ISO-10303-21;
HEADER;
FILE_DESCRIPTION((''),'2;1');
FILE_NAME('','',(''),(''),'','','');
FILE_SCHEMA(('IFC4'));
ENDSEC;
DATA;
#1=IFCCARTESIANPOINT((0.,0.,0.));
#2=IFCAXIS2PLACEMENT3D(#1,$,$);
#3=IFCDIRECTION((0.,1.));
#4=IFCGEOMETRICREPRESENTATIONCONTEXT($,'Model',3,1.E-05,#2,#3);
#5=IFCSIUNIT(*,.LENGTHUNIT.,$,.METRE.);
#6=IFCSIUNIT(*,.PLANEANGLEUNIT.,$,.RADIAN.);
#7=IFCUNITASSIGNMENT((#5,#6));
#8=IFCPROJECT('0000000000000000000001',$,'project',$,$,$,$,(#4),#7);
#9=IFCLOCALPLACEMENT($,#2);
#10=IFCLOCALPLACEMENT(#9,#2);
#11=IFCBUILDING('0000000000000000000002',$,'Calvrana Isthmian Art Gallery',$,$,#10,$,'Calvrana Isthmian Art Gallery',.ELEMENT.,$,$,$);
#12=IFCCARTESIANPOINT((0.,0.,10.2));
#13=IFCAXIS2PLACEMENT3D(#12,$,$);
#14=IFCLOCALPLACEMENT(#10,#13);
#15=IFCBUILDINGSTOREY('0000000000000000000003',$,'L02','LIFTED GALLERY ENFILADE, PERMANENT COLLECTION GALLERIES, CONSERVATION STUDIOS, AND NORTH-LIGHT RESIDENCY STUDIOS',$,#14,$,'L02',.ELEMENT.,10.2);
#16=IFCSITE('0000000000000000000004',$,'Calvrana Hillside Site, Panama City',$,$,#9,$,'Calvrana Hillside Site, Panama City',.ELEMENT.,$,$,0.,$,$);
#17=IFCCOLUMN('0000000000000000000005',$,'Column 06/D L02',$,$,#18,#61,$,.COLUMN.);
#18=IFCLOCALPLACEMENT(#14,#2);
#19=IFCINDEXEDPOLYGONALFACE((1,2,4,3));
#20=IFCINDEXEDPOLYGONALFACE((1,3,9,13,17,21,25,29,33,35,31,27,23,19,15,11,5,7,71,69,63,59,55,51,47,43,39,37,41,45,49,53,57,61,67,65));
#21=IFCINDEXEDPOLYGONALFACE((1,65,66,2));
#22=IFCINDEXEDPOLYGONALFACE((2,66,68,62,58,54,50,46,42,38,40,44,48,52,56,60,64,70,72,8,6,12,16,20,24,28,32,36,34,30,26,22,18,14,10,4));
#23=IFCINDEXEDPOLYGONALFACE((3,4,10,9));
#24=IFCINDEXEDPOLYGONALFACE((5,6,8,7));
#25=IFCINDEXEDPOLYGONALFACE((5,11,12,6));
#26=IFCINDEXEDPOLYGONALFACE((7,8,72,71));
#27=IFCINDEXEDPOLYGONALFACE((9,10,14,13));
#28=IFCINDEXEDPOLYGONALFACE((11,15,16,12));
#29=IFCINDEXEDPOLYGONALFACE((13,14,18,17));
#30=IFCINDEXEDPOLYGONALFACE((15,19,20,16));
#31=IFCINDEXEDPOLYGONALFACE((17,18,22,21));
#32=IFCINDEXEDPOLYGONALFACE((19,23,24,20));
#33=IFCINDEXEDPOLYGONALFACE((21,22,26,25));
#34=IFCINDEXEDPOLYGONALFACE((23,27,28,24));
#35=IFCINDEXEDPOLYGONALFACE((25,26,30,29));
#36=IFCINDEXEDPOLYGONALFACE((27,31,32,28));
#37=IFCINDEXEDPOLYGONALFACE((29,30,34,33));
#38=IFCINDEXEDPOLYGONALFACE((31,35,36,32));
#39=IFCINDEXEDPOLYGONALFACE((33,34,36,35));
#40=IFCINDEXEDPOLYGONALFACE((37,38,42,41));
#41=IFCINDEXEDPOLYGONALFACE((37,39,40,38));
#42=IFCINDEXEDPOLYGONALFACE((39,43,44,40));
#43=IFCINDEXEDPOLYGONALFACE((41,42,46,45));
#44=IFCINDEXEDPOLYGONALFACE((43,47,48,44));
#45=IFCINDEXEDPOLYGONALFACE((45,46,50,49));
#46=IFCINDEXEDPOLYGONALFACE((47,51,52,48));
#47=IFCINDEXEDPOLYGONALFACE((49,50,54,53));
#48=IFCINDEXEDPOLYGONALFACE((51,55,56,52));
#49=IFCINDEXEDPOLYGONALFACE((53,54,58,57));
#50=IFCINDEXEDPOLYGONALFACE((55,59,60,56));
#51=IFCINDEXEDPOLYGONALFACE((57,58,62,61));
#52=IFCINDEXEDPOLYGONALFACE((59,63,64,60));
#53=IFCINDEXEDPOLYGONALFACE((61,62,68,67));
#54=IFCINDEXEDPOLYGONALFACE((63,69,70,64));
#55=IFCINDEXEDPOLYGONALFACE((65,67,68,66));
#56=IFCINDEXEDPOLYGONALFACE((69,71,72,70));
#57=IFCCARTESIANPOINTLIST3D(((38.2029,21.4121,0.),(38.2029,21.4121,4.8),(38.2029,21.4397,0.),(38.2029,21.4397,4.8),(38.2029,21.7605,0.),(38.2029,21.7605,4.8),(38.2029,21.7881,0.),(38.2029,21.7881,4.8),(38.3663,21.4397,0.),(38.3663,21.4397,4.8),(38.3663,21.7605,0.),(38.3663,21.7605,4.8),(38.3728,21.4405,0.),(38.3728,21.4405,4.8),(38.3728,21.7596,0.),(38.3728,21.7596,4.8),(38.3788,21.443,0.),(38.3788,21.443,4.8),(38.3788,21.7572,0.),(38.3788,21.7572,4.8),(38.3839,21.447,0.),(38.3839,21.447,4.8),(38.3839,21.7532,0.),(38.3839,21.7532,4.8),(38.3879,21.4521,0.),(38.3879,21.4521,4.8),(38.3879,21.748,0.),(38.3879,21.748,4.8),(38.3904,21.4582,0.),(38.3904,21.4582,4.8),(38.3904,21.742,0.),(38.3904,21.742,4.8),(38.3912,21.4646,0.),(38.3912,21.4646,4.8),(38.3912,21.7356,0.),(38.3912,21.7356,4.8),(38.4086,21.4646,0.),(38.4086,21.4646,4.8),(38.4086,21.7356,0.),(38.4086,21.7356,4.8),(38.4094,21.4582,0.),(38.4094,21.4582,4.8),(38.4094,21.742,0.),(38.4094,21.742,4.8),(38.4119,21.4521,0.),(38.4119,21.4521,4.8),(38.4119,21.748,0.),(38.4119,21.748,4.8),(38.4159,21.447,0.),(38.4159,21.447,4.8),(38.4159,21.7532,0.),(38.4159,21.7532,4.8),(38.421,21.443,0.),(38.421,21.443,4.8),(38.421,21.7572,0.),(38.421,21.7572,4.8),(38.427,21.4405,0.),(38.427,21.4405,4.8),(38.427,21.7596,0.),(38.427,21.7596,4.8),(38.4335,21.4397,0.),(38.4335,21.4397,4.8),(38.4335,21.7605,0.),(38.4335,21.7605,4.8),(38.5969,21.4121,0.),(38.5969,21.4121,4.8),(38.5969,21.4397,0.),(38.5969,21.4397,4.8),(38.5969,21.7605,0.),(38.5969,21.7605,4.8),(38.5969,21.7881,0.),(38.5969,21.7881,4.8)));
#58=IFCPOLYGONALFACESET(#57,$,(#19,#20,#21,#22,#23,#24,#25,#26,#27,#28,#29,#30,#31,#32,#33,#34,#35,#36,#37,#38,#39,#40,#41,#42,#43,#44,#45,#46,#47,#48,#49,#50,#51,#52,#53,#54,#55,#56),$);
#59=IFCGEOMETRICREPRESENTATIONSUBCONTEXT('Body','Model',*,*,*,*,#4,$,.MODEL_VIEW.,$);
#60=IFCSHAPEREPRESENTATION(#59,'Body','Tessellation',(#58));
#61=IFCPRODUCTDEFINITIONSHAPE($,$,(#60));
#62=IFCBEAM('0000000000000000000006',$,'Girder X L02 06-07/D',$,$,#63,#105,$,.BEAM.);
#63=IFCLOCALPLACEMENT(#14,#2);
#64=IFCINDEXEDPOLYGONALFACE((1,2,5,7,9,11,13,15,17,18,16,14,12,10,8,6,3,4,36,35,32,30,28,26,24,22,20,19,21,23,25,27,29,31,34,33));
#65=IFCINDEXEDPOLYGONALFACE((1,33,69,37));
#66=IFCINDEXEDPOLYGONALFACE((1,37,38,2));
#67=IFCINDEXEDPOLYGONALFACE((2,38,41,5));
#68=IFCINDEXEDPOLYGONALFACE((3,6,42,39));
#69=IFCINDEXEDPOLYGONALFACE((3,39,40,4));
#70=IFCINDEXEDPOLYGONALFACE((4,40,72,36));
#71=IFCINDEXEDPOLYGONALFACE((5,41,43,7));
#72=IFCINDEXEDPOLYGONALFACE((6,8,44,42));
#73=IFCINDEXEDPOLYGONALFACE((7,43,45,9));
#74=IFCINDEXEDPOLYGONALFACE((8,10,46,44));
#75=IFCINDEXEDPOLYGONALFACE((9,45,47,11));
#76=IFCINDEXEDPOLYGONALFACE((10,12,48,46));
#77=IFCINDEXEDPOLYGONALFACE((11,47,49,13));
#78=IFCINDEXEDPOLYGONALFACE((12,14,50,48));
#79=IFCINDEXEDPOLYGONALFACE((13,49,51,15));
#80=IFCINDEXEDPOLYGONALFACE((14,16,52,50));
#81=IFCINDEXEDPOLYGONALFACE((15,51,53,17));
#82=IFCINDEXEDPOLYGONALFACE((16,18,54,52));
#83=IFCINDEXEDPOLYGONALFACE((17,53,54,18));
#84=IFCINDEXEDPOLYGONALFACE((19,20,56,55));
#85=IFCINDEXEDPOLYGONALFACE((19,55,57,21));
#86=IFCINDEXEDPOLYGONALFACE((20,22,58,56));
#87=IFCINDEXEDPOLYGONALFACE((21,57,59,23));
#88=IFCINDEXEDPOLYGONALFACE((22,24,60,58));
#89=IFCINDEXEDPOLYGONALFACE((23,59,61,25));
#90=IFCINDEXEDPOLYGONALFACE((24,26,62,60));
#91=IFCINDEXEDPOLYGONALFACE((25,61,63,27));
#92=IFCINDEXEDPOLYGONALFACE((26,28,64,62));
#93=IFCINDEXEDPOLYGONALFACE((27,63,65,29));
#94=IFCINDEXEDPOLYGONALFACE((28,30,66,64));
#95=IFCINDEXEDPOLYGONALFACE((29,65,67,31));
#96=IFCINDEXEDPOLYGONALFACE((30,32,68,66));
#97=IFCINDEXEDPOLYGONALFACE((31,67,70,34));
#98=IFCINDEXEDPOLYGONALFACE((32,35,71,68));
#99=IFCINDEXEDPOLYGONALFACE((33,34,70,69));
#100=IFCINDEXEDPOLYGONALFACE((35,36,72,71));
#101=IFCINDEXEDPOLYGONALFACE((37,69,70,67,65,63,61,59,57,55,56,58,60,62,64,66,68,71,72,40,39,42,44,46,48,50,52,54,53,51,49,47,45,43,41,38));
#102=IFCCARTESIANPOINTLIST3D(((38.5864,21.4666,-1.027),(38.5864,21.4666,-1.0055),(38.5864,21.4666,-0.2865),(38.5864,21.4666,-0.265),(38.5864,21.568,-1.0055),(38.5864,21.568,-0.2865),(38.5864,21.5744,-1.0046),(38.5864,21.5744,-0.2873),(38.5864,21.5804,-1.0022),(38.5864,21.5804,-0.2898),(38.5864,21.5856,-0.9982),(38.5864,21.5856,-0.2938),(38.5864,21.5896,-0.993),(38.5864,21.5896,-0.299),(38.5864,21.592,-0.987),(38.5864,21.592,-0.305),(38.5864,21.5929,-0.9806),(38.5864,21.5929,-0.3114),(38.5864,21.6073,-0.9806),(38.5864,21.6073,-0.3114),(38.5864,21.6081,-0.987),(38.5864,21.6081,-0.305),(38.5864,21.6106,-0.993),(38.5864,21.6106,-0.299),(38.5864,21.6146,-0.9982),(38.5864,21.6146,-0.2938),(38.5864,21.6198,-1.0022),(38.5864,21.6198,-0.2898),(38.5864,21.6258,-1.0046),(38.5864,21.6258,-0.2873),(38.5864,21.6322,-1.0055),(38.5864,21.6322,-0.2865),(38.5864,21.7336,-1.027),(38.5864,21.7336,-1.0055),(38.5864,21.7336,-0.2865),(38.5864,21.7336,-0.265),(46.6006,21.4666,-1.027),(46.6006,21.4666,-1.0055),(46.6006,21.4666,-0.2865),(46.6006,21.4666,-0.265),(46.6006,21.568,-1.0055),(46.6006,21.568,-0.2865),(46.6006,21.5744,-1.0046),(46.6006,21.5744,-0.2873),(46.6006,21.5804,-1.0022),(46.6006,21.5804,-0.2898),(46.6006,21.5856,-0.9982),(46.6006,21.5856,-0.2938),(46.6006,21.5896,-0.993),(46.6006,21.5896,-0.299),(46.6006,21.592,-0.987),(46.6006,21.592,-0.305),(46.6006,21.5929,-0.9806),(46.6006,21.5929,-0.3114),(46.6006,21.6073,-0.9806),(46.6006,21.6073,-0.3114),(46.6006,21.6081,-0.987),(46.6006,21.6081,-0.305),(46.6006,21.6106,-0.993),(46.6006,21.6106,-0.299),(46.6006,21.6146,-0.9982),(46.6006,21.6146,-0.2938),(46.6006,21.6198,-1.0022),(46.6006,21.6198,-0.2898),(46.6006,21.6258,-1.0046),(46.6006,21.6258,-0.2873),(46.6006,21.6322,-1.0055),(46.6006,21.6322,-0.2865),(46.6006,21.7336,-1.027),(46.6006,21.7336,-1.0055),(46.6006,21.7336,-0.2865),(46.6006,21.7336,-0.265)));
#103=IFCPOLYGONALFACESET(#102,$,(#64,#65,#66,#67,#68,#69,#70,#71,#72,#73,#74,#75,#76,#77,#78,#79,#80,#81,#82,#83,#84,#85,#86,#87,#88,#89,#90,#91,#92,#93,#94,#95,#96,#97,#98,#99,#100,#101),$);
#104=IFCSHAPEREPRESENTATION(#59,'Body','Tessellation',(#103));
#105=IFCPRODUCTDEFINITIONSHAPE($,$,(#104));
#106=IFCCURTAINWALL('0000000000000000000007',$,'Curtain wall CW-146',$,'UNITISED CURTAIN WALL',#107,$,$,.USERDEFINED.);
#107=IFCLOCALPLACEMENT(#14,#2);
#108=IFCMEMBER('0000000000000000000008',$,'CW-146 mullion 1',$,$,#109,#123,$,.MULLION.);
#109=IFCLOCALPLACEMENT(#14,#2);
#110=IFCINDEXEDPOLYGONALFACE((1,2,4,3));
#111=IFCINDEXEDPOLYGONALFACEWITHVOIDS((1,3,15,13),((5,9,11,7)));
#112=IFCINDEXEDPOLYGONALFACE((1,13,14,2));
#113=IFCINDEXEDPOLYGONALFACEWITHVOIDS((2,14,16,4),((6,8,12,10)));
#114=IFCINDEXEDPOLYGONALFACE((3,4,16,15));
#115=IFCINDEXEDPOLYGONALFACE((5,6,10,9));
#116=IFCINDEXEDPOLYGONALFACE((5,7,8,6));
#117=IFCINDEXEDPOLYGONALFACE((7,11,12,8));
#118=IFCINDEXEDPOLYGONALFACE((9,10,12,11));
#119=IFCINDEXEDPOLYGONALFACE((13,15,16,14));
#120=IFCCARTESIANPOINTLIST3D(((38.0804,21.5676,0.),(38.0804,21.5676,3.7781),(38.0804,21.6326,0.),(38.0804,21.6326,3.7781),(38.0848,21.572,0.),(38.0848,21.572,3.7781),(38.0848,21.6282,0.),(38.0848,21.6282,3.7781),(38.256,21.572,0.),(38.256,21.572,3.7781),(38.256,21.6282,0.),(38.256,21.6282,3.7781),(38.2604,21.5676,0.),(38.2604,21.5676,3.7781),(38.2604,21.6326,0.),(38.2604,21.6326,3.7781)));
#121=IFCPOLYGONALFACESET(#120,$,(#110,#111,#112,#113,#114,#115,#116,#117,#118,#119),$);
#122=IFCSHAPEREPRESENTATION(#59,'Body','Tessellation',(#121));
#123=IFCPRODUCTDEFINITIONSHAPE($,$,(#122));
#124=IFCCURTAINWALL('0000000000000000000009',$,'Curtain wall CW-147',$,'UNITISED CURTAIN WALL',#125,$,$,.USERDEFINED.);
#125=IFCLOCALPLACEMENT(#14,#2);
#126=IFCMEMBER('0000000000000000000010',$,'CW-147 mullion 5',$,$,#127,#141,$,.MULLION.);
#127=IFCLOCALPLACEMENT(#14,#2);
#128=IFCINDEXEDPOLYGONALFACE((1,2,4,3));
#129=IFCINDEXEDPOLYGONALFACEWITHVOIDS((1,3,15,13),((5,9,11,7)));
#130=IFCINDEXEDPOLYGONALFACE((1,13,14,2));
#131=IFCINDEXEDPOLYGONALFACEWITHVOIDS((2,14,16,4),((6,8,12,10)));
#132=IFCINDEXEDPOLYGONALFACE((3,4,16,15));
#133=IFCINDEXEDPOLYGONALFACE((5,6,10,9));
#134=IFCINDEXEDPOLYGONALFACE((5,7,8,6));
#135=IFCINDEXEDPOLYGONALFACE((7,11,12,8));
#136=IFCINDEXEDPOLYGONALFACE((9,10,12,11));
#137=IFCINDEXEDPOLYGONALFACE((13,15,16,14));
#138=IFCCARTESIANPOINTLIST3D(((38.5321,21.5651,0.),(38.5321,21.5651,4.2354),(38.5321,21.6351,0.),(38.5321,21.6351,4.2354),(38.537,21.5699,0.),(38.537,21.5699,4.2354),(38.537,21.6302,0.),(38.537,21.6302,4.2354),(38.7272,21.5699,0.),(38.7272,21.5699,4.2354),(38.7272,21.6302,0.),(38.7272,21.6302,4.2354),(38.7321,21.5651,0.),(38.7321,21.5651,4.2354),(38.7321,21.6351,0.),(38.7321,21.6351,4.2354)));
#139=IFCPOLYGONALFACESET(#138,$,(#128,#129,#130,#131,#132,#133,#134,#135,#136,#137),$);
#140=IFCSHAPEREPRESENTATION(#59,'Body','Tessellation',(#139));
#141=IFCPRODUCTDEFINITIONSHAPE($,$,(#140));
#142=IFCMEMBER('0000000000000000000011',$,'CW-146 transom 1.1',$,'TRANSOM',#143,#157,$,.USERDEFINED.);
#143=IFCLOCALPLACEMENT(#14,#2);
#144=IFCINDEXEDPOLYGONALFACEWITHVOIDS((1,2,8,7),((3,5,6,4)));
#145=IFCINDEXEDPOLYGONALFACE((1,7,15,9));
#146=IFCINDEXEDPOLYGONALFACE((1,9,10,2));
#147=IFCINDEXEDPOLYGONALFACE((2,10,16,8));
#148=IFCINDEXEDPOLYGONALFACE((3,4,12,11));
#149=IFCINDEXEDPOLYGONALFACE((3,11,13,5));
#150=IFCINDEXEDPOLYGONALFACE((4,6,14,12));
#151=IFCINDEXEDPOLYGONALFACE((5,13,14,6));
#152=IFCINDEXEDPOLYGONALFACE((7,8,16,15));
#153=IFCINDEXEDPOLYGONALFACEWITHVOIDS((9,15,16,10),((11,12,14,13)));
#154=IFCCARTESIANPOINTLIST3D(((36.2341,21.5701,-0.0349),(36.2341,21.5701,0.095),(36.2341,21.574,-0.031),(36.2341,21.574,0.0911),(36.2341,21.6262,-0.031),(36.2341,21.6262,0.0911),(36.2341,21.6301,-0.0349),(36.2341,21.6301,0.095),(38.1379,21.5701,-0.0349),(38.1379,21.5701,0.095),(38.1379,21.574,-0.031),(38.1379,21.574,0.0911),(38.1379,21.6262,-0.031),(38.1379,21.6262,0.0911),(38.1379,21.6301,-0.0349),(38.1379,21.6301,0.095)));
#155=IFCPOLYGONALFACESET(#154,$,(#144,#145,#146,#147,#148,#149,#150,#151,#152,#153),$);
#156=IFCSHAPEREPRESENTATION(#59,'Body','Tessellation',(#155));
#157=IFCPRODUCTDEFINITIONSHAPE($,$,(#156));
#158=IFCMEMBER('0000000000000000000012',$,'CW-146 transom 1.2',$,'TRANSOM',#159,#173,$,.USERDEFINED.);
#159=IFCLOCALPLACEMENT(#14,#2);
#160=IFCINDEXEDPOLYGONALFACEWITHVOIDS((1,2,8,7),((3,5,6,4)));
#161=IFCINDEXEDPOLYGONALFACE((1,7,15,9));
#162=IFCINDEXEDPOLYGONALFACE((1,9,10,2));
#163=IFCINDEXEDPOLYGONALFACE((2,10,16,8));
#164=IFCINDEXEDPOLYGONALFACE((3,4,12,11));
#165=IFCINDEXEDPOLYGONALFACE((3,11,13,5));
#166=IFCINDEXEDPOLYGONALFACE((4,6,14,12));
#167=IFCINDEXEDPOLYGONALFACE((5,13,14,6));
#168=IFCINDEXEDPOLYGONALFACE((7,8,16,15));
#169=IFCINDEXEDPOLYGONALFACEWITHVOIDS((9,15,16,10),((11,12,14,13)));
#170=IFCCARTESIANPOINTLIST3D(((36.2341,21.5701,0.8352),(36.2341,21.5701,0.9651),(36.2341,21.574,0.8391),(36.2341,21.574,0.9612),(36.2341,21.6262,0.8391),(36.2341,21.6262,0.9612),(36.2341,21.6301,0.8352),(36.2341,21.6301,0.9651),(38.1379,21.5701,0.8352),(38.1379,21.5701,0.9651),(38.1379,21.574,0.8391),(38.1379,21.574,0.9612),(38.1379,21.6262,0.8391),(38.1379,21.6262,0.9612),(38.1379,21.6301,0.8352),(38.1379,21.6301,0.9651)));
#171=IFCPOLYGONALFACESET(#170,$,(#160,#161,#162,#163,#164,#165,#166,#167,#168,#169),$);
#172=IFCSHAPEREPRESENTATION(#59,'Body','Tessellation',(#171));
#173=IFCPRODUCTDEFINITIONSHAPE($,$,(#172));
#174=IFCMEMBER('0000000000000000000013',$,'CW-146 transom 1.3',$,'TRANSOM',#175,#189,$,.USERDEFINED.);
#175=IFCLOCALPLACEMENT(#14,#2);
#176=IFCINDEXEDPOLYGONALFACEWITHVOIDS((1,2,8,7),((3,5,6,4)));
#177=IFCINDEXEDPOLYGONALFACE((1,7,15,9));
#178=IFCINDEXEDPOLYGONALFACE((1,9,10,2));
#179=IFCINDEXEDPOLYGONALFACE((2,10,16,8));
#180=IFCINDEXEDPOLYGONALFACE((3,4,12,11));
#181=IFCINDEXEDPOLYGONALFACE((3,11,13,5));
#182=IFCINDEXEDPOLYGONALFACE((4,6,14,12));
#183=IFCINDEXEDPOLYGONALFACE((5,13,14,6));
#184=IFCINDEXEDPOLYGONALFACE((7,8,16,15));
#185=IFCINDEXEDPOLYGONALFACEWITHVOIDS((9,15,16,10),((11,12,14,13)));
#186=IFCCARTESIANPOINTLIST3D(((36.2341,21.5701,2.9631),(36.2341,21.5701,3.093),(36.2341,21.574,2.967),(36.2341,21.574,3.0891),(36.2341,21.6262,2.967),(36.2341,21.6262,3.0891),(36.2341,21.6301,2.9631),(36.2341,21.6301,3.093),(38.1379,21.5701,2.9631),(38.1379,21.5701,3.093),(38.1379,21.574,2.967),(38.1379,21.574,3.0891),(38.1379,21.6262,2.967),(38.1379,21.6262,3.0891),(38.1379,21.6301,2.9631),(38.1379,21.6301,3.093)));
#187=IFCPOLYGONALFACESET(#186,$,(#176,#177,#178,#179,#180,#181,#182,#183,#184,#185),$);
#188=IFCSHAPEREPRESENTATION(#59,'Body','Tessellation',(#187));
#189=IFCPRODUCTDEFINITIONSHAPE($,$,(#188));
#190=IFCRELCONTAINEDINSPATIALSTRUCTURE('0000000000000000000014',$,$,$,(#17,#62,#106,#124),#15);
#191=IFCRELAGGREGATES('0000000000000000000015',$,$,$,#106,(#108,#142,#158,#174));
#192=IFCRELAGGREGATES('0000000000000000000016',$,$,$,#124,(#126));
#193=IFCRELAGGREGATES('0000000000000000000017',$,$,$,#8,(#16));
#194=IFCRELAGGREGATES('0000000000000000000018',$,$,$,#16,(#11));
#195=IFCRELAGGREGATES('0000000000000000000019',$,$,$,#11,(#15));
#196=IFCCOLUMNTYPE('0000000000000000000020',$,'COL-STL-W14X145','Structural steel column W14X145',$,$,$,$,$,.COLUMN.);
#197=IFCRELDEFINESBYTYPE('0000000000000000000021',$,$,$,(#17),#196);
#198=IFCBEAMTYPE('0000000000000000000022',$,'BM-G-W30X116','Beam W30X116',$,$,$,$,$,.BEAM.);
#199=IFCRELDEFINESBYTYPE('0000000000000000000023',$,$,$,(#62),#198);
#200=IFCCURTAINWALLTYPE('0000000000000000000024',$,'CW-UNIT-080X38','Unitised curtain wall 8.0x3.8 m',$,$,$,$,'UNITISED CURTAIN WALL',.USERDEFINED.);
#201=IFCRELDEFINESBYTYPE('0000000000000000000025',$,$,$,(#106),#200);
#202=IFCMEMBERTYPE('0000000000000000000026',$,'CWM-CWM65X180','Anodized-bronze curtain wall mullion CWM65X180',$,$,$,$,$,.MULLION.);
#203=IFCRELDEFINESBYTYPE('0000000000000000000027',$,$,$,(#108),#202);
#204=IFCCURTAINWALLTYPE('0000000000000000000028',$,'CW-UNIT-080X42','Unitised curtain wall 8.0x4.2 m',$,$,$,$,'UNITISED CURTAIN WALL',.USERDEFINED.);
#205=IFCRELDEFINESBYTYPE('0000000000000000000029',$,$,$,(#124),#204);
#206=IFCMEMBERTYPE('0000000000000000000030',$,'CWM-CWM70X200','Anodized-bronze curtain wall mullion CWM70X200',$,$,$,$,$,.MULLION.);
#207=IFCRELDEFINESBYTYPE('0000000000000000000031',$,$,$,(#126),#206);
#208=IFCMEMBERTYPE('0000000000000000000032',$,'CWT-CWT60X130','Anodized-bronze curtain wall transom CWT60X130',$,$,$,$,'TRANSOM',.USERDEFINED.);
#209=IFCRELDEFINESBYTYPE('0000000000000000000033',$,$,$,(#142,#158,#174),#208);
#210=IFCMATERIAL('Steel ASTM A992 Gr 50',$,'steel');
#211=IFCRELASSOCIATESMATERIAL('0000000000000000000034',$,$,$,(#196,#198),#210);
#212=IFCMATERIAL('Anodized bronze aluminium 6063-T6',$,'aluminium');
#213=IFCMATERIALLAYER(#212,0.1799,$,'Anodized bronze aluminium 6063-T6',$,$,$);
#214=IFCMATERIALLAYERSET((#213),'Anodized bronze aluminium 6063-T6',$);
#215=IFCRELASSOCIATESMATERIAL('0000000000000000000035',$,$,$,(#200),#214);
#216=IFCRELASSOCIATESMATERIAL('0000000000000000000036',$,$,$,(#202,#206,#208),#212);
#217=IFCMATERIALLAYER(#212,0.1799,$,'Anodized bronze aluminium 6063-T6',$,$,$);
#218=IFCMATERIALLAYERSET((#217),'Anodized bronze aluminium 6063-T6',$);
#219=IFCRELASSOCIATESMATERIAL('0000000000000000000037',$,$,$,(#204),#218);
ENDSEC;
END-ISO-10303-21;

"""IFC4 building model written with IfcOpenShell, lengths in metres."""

from ifc_helpers import new_model, si_unit, direction, frame, origin, origin_2d, place, context, subcontext, project, spatial, hollow_rectangle, i_section, extrude, material, layer, layer_set, material_profile, profile_set, type_object, element, aggregate, save


model = new_model("IFC4")

# Units and contexts
model_context = context("Model", 3, precision=1e-05, world=origin(), true_north=direction((0.0, 1.0)))
body_context = subcontext(model_context, "Body", "Model", "MODEL_VIEW")
ifc_project = project(units=[si_unit("LENGTHUNIT", "METRE"), si_unit("PLANEANGLEUNIT", "RADIAN")], contexts=[model_context])

# Site, building, storey
site_placement = place(None, origin())
site = spatial("IfcSite", under=ifc_project, at=site_placement, Name="Calvrana Hillside Site, Panama City", LongName="Calvrana Hillside Site, Panama City", CompositionType="ELEMENT", RefElevation=0.0)
building_placement = place(site_placement, origin())
building = spatial("IfcBuilding", under=site, at=building_placement, Name="Calvrana Isthmian Art Gallery", LongName="Calvrana Isthmian Art Gallery", CompositionType="ELEMENT")
storey_placement = place(building_placement, frame((0.0, 0.0, 10.2)))
storey = spatial("IfcBuildingStorey", under=building, at=storey_placement, Name="L02", Description="LIFTED GALLERY ENFILADE, PERMANENT COLLECTION GALLERIES, CONSERVATION STUDIOS, AND NORTH-LIGHT RESIDENCY STUDIOS", LongName="L02", CompositionType="ELEMENT", Elevation=10.2)

# Column
ifc_material_1 = material(Name="Steel ASTM A992 Gr 50", Category="steel")
ifc_material_profile_1 = material_profile(ifc_material_1, i_section(OverallWidth=0.394, OverallDepth=0.376, WebThickness=0.0173, FlangeThickness=0.0276, FilletRadius=0.0249, at=origin_2d()), Name="W14X145")
ifc_profile_set_1 = profile_set([ifc_material_profile_1], Name="Steel ASTM A992 Gr 50")
column_type = type_object("IfcColumnType", Name="COL-STL-W14X145", Description="Structural steel column W14X145", PredefinedType="COLUMN", material=ifc_profile_set_1)
column_placement = place(storey_placement, frame((38.3999, 21.6001, 0.0), z_axis=(0.0, 0.0, 1.0), x_axis=(1.0, 0.0, 0.0)))
element("IfcColumn", 1, at=column_placement, inside=storey, type_object=column_type, Name="Column 06/D L02", PredefinedType="COLUMN", context=body_context, shape_type="SweptSolid", body=[
    extrude(i_section(OverallWidth=0.394, OverallDepth=0.376, WebThickness=0.0173, FlangeThickness=0.0276, FilletRadius=0.0249, at=origin_2d()), origin(), (0.0, 0.0, 1.0), 4.8),
])

# Beam
ifc_material_profile_2 = material_profile(ifc_material_1, i_section(OverallWidth=0.2671, OverallDepth=0.762, WebThickness=0.0144, FlangeThickness=0.0215, FilletRadius=0.0249, at=origin_2d()), Name="W30X116")
ifc_profile_set_2 = profile_set([ifc_material_profile_2], Name="Steel ASTM A992 Gr 50")
beam_type = type_object("IfcBeamType", Name="BM-G-W30X116", Description="Beam W30X116", PredefinedType="BEAM", material=ifc_profile_set_2)
beam_placement = place(storey_placement, frame((38.5864, 21.6001, -0.646), z_axis=(1.0, 0.0, 0.0), x_axis=(0.0, 1.0, 0.0)))
element("IfcBeam", 2, at=beam_placement, inside=storey, type_object=beam_type, Name="Girder X L02 06-07/D", PredefinedType="BEAM", context=body_context, shape_type="SweptSolid", body=[
    extrude(i_section(OverallWidth=0.2671, OverallDepth=0.762, WebThickness=0.0144, FlangeThickness=0.0215, FilletRadius=0.0249, at=origin_2d()), origin(), (0.0, 0.0, 1.0), 8.0142),
])

# Curtain walls, members
ifc_material_2 = material(Name="Anodized bronze aluminium 6063-T6", Category="aluminium")
ifc_layer_1 = layer(ifc_material_2, 0.1799, Name="Anodized bronze aluminium 6063-T6")
ifc_layer_set_1 = layer_set([ifc_layer_1], Name="Anodized bronze aluminium 6063-T6")
curtain_wall_type_1 = type_object("IfcCurtainWallType", Name="CW-UNIT-080X38", Description="Unitised curtain wall 8.0x3.8 m", ElementType="UNITISED CURTAIN WALL", PredefinedType="USERDEFINED", material=ifc_layer_set_1)
curtain_wall_1_placement = place(storey_placement, origin())
curtain_wall_1 = element("IfcCurtainWall", 3, at=curtain_wall_1_placement, inside=storey, type_object=curtain_wall_type_1, Name="Curtain wall CW-146", ObjectType="UNITISED CURTAIN WALL", PredefinedType="USERDEFINED")
ifc_material_profile_3 = material_profile(ifc_material_2, hollow_rectangle(XDim=0.0649, YDim=0.1799, WallThickness=0.0044, at=origin_2d()), Name="CWM65X180")
ifc_profile_set_3 = profile_set([ifc_material_profile_3], Name="Anodized bronze aluminium 6063-T6")
member_type_1 = type_object("IfcMemberType", Name="CWM-CWM65X180", Description="Anodized-bronze curtain wall mullion CWM65X180", PredefinedType="MULLION", material=ifc_profile_set_3)
member_1_placement = place(storey_placement, frame((38.1704, 21.6001, 0.0), z_axis=(0.0, 0.0, 1.0), x_axis=(0.0, -1.0, 0.0)))
member_1 = element("IfcMember", 4, at=member_1_placement, type_object=member_type_1, Name="CW-146 mullion 1", PredefinedType="MULLION", context=body_context, shape_type="SweptSolid", body=[
    extrude(hollow_rectangle(XDim=0.0649, YDim=0.1799, WallThickness=0.0044, at=origin_2d()), origin(), (0.0, 0.0, 1.0), 3.7781),
])
ifc_layer_2 = layer(ifc_material_2, 0.1799, Name="Anodized bronze aluminium 6063-T6")
ifc_layer_set_2 = layer_set([ifc_layer_2], Name="Anodized bronze aluminium 6063-T6")
curtain_wall_type_2 = type_object("IfcCurtainWallType", Name="CW-UNIT-080X42", Description="Unitised curtain wall 8.0x4.2 m", ElementType="UNITISED CURTAIN WALL", PredefinedType="USERDEFINED", material=ifc_layer_set_2)
curtain_wall_2_placement = place(storey_placement, origin())
curtain_wall_2 = element("IfcCurtainWall", 5, at=curtain_wall_2_placement, inside=storey, type_object=curtain_wall_type_2, Name="Curtain wall CW-147", ObjectType="UNITISED CURTAIN WALL", PredefinedType="USERDEFINED")
ifc_material_profile_4 = material_profile(ifc_material_2, hollow_rectangle(XDim=0.0701, YDim=0.2, WallThickness=0.0049, at=origin_2d()), Name="CWM70X200")
ifc_profile_set_4 = profile_set([ifc_material_profile_4], Name="Anodized bronze aluminium 6063-T6")
member_type_2 = type_object("IfcMemberType", Name="CWM-CWM70X200", Description="Anodized-bronze curtain wall mullion CWM70X200", PredefinedType="MULLION", material=ifc_profile_set_4)
member_2_placement = place(storey_placement, frame((38.6321, 21.6001, 0.0), z_axis=(0.0, 0.0, 1.0), x_axis=(0.0, -1.0, 0.0)))
member_2 = element("IfcMember", 6, at=member_2_placement, type_object=member_type_2, Name="CW-147 mullion 5", PredefinedType="MULLION", context=body_context, shape_type="SweptSolid", body=[
    extrude(hollow_rectangle(XDim=0.0701, YDim=0.2, WallThickness=0.0049, at=origin_2d()), origin(), (0.0, 0.0, 1.0), 4.2354),
])

# Members
ifc_material_profile_5 = material_profile(ifc_material_2, hollow_rectangle(XDim=0.0601, YDim=0.1299, WallThickness=0.0039, at=origin_2d()), Name="CWT60X130")
ifc_profile_set_5 = profile_set([ifc_material_profile_5], Name="Anodized bronze aluminium 6063-T6")
member_type_3 = type_object("IfcMemberType", Name="CWT-CWT60X130", Description="Anodized-bronze curtain wall transom CWT60X130", ElementType="TRANSOM", PredefinedType="USERDEFINED", material=ifc_profile_set_5)
member_3_placement = place(storey_placement, frame((38.1379, 21.6001, 0.03), z_axis=(-1.0, 0.0, 0.0), x_axis=(0.0, -1.0, 0.0)))
member_3 = element("IfcMember", 7, at=member_3_placement, type_object=member_type_3, Name="CW-146 transom 1.1", ObjectType="TRANSOM", PredefinedType="USERDEFINED", context=body_context, shape_type="SweptSolid", body=[
    extrude(hollow_rectangle(XDim=0.0601, YDim=0.1299, WallThickness=0.0039, at=origin_2d()), origin(), (0.0, 0.0, 1.0), 1.9038),
])
member_4_placement = place(storey_placement, frame((38.1379, 21.6001, 0.9001), z_axis=(-1.0, 0.0, 0.0), x_axis=(0.0, -1.0, 0.0)))
member_4 = element("IfcMember", 8, at=member_4_placement, type_object=member_type_3, Name="CW-146 transom 1.2", ObjectType="TRANSOM", PredefinedType="USERDEFINED", context=body_context, shape_type="SweptSolid", body=[
    extrude(hollow_rectangle(XDim=0.0601, YDim=0.1299, WallThickness=0.0039, at=origin_2d()), origin(), (0.0, 0.0, 1.0), 1.9038),
])
member_5_placement = place(storey_placement, frame((38.1379, 21.6001, 3.0281), z_axis=(-1.0, 0.0, 0.0), x_axis=(0.0, -1.0, 0.0)))
member_5 = element("IfcMember", 9, at=member_5_placement, type_object=member_type_3, Name="CW-146 transom 1.3", ObjectType="TRANSOM", PredefinedType="USERDEFINED", context=body_context, shape_type="SweptSolid", body=[
    extrude(hollow_rectangle(XDim=0.0601, YDim=0.1299, WallThickness=0.0039, at=origin_2d()), origin(), (0.0, 0.0, 1.0), 1.9038),
])

aggregate(curtain_wall_1, [member_1, member_3, member_4, member_5])
aggregate(curtain_wall_2, [member_2])

save(model, "model.ifc")
